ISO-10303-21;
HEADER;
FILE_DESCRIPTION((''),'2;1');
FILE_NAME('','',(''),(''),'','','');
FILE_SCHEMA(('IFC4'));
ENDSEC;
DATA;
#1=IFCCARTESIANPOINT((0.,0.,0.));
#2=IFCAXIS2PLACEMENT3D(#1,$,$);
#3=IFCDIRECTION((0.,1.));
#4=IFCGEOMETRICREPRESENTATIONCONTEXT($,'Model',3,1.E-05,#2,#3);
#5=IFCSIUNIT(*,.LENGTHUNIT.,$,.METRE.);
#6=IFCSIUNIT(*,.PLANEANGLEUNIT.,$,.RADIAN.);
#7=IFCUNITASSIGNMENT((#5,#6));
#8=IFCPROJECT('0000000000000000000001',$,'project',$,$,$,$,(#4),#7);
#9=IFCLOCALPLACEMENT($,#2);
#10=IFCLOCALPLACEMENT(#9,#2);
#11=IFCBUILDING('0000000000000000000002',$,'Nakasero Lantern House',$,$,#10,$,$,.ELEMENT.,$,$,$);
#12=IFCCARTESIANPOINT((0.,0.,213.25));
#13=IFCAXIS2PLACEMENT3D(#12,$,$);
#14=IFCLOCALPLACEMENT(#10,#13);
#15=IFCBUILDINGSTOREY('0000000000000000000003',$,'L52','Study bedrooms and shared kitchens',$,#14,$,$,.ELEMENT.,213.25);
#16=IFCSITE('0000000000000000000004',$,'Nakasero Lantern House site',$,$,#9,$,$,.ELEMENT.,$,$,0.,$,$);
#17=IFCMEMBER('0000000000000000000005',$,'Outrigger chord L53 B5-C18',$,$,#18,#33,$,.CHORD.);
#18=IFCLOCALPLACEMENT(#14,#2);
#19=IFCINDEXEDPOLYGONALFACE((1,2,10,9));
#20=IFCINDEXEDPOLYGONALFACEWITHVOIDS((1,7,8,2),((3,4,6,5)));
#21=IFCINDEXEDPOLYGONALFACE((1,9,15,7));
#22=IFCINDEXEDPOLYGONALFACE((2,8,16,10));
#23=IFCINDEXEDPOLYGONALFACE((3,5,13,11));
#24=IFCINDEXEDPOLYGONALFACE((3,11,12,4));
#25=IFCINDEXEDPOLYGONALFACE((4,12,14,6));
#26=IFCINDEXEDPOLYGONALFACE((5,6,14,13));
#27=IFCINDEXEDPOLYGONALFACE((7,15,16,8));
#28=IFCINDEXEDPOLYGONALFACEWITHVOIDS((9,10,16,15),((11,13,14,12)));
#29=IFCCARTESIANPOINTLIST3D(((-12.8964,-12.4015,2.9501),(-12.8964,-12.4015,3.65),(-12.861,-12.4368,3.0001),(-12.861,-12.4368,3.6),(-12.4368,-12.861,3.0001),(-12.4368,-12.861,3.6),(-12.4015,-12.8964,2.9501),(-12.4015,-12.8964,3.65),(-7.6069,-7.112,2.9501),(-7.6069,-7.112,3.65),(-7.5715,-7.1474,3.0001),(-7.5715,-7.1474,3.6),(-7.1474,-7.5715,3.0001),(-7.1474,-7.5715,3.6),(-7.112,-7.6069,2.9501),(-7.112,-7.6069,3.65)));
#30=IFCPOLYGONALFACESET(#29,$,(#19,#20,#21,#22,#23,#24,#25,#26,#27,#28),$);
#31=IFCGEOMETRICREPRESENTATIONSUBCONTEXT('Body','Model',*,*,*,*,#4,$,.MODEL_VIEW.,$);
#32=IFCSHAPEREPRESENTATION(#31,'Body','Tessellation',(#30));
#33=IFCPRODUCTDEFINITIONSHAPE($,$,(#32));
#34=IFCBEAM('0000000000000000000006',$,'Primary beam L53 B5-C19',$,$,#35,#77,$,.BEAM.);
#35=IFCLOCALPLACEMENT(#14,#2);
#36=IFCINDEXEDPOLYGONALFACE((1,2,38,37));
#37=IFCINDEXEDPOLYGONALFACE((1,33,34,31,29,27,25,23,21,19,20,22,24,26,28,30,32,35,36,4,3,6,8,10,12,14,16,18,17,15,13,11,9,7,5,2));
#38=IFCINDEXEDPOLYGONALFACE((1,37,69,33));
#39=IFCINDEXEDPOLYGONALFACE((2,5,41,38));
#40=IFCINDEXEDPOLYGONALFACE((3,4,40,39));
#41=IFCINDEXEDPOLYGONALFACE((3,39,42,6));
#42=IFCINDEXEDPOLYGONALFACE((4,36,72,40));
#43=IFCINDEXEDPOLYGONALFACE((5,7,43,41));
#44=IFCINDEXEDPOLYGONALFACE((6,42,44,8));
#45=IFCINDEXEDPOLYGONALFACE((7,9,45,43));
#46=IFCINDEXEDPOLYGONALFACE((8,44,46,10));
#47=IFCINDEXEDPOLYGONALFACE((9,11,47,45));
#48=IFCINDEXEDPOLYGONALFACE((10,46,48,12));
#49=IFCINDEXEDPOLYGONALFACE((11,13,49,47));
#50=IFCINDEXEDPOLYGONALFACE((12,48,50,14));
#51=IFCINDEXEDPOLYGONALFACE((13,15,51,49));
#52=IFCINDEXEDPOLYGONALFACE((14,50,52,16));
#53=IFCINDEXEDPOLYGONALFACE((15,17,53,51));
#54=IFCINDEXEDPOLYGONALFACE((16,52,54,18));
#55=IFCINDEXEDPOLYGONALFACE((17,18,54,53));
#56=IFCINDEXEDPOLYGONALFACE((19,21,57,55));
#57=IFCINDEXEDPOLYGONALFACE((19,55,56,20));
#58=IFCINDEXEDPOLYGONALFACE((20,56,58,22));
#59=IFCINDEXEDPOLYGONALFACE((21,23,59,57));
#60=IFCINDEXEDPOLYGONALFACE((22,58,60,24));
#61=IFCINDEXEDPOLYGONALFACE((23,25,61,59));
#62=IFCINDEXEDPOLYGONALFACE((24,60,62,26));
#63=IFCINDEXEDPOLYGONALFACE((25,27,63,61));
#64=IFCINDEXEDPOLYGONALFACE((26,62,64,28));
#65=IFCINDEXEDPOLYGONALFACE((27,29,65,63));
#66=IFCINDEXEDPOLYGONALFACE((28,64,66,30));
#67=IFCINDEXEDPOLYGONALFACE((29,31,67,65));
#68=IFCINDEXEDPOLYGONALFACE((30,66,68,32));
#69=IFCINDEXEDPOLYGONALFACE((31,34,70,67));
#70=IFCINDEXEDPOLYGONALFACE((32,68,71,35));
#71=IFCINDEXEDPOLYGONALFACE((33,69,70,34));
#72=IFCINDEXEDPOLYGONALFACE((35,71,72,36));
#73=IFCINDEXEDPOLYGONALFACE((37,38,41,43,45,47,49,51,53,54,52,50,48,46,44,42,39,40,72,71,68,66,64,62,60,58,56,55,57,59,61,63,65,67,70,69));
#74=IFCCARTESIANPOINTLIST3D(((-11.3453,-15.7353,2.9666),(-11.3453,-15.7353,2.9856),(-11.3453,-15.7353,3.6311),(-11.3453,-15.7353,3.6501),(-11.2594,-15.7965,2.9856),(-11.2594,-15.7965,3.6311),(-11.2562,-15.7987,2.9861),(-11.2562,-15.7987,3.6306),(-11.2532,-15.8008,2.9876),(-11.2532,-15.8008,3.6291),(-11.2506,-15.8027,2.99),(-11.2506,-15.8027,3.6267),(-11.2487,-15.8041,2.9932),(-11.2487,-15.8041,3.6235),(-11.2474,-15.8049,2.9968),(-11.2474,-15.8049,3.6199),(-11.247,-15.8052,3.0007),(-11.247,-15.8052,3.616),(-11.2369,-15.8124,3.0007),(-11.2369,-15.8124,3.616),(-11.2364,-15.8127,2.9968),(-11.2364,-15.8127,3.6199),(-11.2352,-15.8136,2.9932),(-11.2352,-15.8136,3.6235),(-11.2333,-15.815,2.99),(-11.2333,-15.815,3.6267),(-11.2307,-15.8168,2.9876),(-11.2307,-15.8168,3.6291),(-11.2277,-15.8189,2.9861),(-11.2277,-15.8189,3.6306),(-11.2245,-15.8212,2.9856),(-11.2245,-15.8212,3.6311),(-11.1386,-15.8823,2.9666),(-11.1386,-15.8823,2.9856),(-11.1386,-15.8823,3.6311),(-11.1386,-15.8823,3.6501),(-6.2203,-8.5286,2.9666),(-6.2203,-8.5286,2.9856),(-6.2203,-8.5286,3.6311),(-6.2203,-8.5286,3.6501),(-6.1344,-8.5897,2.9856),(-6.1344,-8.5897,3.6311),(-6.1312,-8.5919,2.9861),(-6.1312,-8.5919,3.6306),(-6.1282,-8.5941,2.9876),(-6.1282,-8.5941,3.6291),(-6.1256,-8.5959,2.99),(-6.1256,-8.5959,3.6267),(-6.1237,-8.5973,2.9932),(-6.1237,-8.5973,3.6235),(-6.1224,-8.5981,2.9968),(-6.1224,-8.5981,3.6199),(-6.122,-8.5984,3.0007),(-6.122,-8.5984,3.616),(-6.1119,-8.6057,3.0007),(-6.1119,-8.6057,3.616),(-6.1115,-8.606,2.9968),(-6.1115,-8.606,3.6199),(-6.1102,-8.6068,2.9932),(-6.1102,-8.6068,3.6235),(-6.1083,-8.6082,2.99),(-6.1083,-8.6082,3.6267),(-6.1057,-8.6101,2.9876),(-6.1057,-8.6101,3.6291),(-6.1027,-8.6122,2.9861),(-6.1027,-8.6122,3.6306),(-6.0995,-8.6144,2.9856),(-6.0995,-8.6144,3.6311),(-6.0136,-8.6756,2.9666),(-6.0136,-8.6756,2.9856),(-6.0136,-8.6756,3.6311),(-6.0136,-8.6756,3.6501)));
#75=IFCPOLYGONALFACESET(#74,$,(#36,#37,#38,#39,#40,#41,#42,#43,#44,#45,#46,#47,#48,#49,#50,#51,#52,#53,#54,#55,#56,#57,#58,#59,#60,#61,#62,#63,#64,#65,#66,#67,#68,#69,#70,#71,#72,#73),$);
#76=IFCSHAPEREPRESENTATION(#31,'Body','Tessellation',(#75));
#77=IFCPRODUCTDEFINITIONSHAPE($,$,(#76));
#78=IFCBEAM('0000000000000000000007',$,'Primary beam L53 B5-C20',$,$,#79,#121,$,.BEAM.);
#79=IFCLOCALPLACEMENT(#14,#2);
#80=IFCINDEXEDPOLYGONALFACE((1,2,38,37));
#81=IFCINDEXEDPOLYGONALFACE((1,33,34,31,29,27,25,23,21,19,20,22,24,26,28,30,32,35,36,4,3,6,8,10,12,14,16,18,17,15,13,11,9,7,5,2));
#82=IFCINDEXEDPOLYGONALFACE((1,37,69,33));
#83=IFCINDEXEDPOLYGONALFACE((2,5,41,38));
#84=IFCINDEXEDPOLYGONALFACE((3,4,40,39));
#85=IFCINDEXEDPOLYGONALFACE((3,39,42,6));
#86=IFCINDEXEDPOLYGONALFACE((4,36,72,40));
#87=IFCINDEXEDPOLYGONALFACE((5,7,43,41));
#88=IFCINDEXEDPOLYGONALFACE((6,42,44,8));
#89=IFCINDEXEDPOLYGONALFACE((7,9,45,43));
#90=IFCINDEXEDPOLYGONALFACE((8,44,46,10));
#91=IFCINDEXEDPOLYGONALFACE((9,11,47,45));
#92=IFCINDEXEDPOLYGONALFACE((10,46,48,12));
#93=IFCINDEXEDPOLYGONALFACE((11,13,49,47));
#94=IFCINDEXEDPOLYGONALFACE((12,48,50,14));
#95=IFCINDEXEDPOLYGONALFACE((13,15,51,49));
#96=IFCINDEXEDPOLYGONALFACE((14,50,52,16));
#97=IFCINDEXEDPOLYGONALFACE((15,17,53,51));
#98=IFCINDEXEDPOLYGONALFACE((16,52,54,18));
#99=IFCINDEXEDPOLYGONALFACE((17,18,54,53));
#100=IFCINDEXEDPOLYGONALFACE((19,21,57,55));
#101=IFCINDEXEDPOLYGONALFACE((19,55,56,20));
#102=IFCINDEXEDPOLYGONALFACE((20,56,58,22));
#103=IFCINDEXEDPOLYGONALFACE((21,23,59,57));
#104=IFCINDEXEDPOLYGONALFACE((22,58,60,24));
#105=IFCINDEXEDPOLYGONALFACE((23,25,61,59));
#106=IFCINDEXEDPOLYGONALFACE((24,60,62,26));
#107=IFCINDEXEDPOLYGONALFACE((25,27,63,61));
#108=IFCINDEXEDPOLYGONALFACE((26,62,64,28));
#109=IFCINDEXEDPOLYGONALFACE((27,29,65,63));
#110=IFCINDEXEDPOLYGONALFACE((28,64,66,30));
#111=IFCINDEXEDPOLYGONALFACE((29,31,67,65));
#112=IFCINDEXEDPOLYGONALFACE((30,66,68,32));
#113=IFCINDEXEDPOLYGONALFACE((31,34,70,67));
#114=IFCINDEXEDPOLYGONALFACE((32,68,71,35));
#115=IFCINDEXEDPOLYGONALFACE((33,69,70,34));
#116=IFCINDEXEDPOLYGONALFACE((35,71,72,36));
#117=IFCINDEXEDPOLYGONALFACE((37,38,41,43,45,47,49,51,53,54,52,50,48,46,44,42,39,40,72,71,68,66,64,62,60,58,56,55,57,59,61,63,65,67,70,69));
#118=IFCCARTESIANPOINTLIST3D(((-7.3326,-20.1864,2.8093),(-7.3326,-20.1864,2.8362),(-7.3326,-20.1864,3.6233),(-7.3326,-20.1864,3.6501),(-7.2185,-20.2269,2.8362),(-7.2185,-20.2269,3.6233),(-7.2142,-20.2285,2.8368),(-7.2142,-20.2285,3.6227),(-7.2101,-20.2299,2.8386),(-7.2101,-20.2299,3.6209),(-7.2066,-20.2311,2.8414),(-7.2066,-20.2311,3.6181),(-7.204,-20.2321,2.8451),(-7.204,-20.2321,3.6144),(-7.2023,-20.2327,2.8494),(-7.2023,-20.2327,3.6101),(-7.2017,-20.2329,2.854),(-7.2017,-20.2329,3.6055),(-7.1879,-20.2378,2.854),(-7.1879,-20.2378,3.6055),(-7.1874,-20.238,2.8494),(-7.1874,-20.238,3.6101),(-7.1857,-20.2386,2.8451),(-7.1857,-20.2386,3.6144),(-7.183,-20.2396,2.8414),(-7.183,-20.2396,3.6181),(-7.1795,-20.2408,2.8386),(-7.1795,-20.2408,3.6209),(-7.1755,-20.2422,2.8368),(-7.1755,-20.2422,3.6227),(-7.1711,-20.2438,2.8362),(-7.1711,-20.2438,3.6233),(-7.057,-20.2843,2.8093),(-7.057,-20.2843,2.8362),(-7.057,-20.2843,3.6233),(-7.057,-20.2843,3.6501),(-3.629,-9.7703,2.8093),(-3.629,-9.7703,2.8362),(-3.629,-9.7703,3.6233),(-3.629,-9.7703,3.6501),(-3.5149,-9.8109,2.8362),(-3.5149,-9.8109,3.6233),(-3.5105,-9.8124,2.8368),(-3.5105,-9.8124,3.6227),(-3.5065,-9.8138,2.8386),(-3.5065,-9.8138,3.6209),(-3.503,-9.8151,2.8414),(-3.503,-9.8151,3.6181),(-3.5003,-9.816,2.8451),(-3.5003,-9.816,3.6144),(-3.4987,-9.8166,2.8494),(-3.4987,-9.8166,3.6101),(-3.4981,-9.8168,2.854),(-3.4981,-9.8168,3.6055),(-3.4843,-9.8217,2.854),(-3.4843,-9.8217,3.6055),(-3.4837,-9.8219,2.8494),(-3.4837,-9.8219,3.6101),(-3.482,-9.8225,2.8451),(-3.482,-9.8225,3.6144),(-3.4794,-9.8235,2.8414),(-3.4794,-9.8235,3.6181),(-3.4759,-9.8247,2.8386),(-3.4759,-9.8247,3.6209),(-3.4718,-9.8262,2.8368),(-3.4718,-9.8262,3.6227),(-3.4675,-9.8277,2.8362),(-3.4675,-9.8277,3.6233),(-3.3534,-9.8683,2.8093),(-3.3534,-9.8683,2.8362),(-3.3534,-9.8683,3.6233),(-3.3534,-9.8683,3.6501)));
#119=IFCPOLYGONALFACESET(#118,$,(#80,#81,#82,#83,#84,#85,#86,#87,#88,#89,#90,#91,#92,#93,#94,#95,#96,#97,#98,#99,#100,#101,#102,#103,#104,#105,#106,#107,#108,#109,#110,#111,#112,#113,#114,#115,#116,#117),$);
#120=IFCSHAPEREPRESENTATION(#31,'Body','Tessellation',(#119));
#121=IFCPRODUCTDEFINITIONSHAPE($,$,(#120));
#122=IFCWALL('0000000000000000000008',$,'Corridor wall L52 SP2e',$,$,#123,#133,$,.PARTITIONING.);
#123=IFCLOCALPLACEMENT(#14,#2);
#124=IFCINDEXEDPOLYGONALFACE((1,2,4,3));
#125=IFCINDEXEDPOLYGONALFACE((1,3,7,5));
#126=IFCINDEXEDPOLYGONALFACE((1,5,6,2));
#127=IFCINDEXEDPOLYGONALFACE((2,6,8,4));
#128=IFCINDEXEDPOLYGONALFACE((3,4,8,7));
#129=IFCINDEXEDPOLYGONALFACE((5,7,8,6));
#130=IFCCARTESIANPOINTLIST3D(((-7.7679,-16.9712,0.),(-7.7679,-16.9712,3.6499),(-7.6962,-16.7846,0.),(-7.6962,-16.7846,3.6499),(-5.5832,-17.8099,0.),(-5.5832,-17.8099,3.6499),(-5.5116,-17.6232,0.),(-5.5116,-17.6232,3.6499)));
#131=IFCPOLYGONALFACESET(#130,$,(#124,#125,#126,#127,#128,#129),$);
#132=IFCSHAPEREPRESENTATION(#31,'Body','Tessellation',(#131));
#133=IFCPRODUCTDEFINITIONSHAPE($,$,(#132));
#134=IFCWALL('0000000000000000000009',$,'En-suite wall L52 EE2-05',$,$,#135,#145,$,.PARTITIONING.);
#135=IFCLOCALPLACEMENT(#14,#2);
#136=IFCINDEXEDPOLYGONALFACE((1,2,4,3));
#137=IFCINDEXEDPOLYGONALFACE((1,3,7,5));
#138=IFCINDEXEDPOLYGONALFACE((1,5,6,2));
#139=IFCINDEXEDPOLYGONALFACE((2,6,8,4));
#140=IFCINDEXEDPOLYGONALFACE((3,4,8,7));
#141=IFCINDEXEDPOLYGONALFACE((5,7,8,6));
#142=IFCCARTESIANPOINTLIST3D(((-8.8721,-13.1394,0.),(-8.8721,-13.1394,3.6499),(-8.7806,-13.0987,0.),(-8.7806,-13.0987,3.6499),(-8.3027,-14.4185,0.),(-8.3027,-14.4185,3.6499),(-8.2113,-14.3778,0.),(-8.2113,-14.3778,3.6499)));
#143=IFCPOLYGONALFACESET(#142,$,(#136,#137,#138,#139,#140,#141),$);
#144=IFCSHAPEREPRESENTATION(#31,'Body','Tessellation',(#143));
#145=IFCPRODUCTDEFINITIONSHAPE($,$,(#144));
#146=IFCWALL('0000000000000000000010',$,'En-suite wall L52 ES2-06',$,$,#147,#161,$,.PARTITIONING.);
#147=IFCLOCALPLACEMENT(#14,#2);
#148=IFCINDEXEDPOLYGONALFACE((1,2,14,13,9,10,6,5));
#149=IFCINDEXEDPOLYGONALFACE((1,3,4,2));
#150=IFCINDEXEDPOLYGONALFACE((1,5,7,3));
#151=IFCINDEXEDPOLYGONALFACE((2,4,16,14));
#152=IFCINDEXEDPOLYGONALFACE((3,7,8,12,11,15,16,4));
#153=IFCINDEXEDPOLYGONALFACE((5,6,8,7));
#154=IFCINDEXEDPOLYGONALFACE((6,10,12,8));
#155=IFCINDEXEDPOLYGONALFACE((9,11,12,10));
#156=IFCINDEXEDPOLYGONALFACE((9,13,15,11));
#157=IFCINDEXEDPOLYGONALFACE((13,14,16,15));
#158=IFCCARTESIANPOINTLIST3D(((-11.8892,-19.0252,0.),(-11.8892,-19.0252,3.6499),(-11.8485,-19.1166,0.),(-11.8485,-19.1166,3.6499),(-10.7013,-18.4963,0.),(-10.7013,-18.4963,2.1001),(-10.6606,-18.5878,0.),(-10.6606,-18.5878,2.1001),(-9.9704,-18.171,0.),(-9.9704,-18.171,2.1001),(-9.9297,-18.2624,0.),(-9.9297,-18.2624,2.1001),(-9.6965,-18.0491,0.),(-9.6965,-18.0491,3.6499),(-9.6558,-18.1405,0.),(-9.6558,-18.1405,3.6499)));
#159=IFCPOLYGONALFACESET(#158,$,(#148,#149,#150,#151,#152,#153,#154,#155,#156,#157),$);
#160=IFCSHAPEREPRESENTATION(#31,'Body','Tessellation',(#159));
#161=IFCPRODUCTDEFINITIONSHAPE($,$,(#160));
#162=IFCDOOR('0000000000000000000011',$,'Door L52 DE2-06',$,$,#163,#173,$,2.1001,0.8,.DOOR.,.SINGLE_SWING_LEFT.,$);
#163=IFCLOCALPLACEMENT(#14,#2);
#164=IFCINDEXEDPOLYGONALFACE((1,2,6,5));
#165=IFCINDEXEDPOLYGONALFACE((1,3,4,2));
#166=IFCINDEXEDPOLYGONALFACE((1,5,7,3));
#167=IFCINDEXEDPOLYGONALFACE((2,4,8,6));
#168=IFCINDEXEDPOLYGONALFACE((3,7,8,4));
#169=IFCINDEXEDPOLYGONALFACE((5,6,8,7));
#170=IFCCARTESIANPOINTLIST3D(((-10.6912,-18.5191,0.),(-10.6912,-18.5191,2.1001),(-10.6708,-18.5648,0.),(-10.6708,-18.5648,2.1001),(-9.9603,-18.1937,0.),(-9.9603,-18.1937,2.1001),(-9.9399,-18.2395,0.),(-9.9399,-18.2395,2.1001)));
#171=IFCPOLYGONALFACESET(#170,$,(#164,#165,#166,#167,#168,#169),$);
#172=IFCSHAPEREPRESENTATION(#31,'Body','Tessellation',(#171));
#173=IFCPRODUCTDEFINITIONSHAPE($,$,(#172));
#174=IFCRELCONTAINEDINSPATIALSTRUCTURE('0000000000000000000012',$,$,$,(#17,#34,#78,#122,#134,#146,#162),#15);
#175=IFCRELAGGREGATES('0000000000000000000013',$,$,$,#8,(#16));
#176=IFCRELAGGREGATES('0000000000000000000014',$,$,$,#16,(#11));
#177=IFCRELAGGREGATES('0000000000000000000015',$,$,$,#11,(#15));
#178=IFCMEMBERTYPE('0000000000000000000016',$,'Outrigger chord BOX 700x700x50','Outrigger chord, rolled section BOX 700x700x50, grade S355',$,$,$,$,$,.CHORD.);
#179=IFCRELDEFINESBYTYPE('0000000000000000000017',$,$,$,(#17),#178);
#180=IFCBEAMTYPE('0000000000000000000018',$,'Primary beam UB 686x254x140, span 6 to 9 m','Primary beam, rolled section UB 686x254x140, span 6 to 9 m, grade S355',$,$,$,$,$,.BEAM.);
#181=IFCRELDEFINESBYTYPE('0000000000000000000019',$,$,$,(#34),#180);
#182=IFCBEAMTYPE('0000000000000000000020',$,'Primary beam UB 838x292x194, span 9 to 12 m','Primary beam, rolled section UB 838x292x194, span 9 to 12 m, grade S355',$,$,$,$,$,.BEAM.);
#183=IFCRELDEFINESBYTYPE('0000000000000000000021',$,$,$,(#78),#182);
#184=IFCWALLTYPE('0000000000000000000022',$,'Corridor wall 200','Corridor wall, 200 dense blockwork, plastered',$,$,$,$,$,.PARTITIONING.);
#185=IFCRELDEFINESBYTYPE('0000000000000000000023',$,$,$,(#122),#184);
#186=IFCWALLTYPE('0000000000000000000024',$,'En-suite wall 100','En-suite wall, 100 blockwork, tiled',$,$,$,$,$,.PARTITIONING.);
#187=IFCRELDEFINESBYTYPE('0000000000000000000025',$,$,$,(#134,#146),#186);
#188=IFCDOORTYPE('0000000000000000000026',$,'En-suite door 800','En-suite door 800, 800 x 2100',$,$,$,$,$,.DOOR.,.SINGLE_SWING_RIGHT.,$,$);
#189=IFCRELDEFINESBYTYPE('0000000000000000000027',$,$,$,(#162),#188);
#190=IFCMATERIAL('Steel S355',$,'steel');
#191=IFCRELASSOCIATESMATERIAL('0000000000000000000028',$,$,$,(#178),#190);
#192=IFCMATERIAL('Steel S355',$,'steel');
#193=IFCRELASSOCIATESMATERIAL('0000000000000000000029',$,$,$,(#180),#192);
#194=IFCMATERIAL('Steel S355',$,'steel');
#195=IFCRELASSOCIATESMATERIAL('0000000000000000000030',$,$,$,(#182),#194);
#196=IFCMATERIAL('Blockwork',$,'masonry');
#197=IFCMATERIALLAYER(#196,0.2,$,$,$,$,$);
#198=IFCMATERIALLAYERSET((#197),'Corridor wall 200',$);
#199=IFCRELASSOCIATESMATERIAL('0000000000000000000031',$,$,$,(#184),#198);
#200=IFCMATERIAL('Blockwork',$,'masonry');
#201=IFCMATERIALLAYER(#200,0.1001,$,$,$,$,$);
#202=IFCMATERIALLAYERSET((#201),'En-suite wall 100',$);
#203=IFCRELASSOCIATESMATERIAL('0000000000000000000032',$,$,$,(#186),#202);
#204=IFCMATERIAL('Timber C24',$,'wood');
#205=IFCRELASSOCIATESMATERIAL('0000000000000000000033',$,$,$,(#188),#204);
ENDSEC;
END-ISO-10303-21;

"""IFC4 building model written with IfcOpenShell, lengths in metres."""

from ifc_helpers import new_model, si_unit, direction, frame, frame_2d, origin, origin_2d, place, context, subcontext, project, spatial, rectangle, hollow_rectangle, i_section, extrude, material, layer, layer_set, material_profile, profile_set, type_object, element, fill, save


model = new_model("IFC4")

# Units and contexts
model_context = context("Model", 3, precision=1e-05, world=origin(), true_north=direction((0.0, 1.0)))
body_context = subcontext(model_context, "Body", "Model", "MODEL_VIEW")
ifc_project = project(units=[si_unit("LENGTHUNIT", "METRE"), si_unit("PLANEANGLEUNIT", "RADIAN")], contexts=[model_context])

# Site, building, storey
site_placement = place(None, origin())
site = spatial("IfcSite", under=ifc_project, at=site_placement, Name="Nakasero Lantern House site", CompositionType="ELEMENT", RefElevation=0.0)
building_placement = place(site_placement, origin())
building = spatial("IfcBuilding", under=site, at=building_placement, Name="Nakasero Lantern House", CompositionType="ELEMENT")
storey_placement = place(building_placement, frame((0.0, 0.0, 213.25)))
storey = spatial("IfcBuildingStorey", under=building, at=storey_placement, Name="L52", Description="Study bedrooms and shared kitchens", CompositionType="ELEMENT", Elevation=213.25)

# Member
ifc_material_1 = material(Name="Steel S355", Category="steel")
ifc_material_profile_1 = material_profile(ifc_material_1, hollow_rectangle(XDim=0.7, YDim=0.7, WallThickness=0.05, at=origin_2d()), Name="BOX 700x700x50")
ifc_profile_set_1 = profile_set([ifc_material_profile_1], Name="Steel S355")
member_type_1 = type_object("IfcMemberType", Name="Outrigger chord BOX 700x700x50", Description="Outrigger chord, rolled section BOX 700x700x50, grade S355", PredefinedType="CHORD", material=ifc_profile_set_1)
member_1_placement = place(storey_placement, frame((-12.6489, -12.6489, 3.3), z_axis=(0.707107, 0.707107, 0.0), x_axis=(-0.707107, 0.707107, 0.0)))
element("IfcMember", 1, at=member_1_placement, inside=storey, type_object=member_type_1, Name="Outrigger chord L53 B5-C18", PredefinedType="CHORD", context=body_context, shape_type="SweptSolid", body=[
    extrude(hollow_rectangle(XDim=0.7, YDim=0.7, WallThickness=0.05, at=origin_2d()), origin(), (0.0, 0.0, 1.0), 7.4805),
])

# Beams
ifc_material_2 = material(Name="Steel S355", Category="steel")
ifc_material_profile_2 = material_profile(ifc_material_2, i_section(OverallWidth=0.2537, OverallDepth=0.6836, WebThickness=0.0125, FlangeThickness=0.019, FilletRadius=0.0151, at=origin_2d()), Name="UB 686x254x140")
ifc_profile_set_2 = profile_set([ifc_material_profile_2], Name="Steel S355")
beam_type_1 = type_object("IfcBeamType", Name="Primary beam UB 686x254x140, span 6 to 9 m", Description="Primary beam, rolled section UB 686x254x140, span 6 to 9 m, grade S355", PredefinedType="BEAM", material=ifc_profile_set_2)
beam_1_placement = place(storey_placement, frame((-11.2419, -15.8088, 3.3083), z_axis=(0.579537, 0.814946, 0.0), x_axis=(-0.814946, 0.579537, 0.0)))
element("IfcBeam", 2, at=beam_1_placement, inside=storey, type_object=beam_type_1, Name="Primary beam L53 B5-C19", PredefinedType="BEAM", context=body_context, shape_type="SweptSolid", body=[
    extrude(i_section(OverallWidth=0.2537, OverallDepth=0.6836, WebThickness=0.0125, FlangeThickness=0.019, FilletRadius=0.0151, at=origin_2d()), origin(), (0.0, 0.0, 1.0), 8.8433),
])
ifc_material_3 = material(Name="Steel S355", Category="steel")
ifc_material_profile_3 = material_profile(ifc_material_3, i_section(OverallWidth=0.2925, OverallDepth=0.8408, WebThickness=0.0146, FlangeThickness=0.0269, FilletRadius=0.0178, at=origin_2d()), Name="UB 838x292x194")
ifc_profile_set_3 = profile_set([ifc_material_profile_3], Name="Steel S355")
beam_type_2 = type_object("IfcBeamType", Name="Primary beam UB 838x292x194, span 9 to 12 m", Description="Primary beam, rolled section UB 838x292x194, span 9 to 12 m, grade S355", PredefinedType="BEAM", material=ifc_profile_set_3)
beam_2_placement = place(storey_placement, frame((-7.1948, -20.2354, 3.2297), z_axis=(0.335021, 0.942211, 0.0), x_axis=(-0.942211, 0.335021, 0.0)))
element("IfcBeam", 3, at=beam_2_placement, inside=storey, type_object=beam_type_2, Name="Primary beam L53 B5-C20", PredefinedType="BEAM", context=body_context, shape_type="SweptSolid", body=[
    extrude(i_section(OverallWidth=0.2925, OverallDepth=0.8408, WebThickness=0.0146, FlangeThickness=0.0269, FilletRadius=0.0178, at=origin_2d()), origin(), (0.0, 0.0, 1.0), 11.0549),
])

# Walls
ifc_material_4 = material(Name="Blockwork", Category="masonry")
ifc_layer_1 = layer(ifc_material_4, 0.2)
ifc_layer_set_1 = layer_set([ifc_layer_1], Name="Corridor wall 200")
wall_type_1 = type_object("IfcWallType", Name="Corridor wall 200", Description="Corridor wall, 200 dense blockwork, plastered", PredefinedType="PARTITIONING", material=ifc_layer_set_1)
wall_1_placement = place(storey_placement, frame((-7.7319, -16.8779, 0.0), z_axis=(0.0, 0.0, 1.0), x_axis=(0.933574, -0.358385, 0.0)))
element("IfcWall", 4, at=wall_1_placement, inside=storey, type_object=wall_type_1, Name="Corridor wall L52 SP2e", PredefinedType="PARTITIONING", context=body_context, shape_type="SweptSolid", body=[
    extrude(rectangle(XDim=2.3401, YDim=0.2, at=frame_2d((1.1699, 0.0))), origin(), (0.0, 0.0, 1.0), 3.6499),
])
ifc_material_5 = material(Name="Blockwork", Category="masonry")
ifc_layer_2 = layer(ifc_material_5, 0.1001)
ifc_layer_set_2 = layer_set([ifc_layer_2], Name="En-suite wall 100")
wall_type_2 = type_object("IfcWallType", Name="En-suite wall 100", Description="En-suite wall, 100 blockwork, tiled", PredefinedType="PARTITIONING", material=ifc_layer_set_2)
wall_2_placement = place(storey_placement, frame((-8.8264, -13.1189, 0.0), z_axis=(0.0, 0.0, 1.0), x_axis=(0.406656, -0.913581, 0.0)))
element("IfcWall", 5, at=wall_2_placement, inside=storey, type_object=wall_type_2, Name="En-suite wall L52 EE2-05", PredefinedType="PARTITIONING", context=body_context, shape_type="SweptSolid", body=[
    extrude(rectangle(XDim=1.4001, YDim=0.1001, at=frame_2d((0.7002, 0.0))), origin(), (0.0, 0.0, 1.0), 3.6499),
])

# Wall, opening, door
wall_3_placement = place(storey_placement, frame((-9.676, -18.0947, 0.0), z_axis=(0.0, 0.0, 1.0), x_axis=(-0.913568, -0.406686, 0.0)))
wall_3 = element("IfcWall", 6, at=wall_3_placement, inside=storey, type_object=wall_type_2, Name="En-suite wall L52 ES2-06", PredefinedType="PARTITIONING", context=body_context, shape_type="SweptSolid", body=[
    extrude(rectangle(XDim=2.4001, YDim=0.1001, at=frame_2d((1.2002, 0.0))), origin(), (0.0, 0.0, 1.0), 3.6499),
])
opening_1_placement = place(wall_3_placement, frame((0.3, 0.0, 0.0)))
opening_1 = element("IfcOpeningElement", 7, at=opening_1_placement, cuts=wall_3, PredefinedType="OPENING", context=body_context, shape_type="SweptSolid", body=[
    extrude(rectangle(XDim=0.8, YDim=2.1001, at=frame_2d((0.3999, 1.05))), frame((0.0, 0.0701, 0.0), z_axis=(0.0, -1.0, 0.0), x_axis=(1.0, 0.0, 0.0)), (0.0, 0.0, 1.0), 0.1401),
])
ifc_material_6 = material(Name="Timber C24", Category="wood")
door_type = type_object("IfcDoorType", Name="En-suite door 800", Description="En-suite door 800, 800 x 2100", OperationType="SINGLE_SWING_RIGHT", PredefinedType="DOOR", material=ifc_material_6)
door_placement = place(opening_1_placement, origin())
door = element("IfcDoor", 8, at=door_placement, inside=storey, type_object=door_type, Name="Door L52 DE2-06", OperationType="SINGLE_SWING_LEFT", OverallHeight=2.1001, OverallWidth=0.8, PredefinedType="DOOR", context=body_context, shape_type="SweptSolid", body=[
    extrude(rectangle(XDim=0.8, YDim=2.1001, at=frame_2d((0.3999, 1.05))), frame((0.0, 0.0249, 0.0), z_axis=(0.0, -1.0, 0.0), x_axis=(1.0, 0.0, 0.0)), (0.0, 0.0, 1.0), 0.05),
])
fill(opening_1, door)

save(model, "model.ifc")
